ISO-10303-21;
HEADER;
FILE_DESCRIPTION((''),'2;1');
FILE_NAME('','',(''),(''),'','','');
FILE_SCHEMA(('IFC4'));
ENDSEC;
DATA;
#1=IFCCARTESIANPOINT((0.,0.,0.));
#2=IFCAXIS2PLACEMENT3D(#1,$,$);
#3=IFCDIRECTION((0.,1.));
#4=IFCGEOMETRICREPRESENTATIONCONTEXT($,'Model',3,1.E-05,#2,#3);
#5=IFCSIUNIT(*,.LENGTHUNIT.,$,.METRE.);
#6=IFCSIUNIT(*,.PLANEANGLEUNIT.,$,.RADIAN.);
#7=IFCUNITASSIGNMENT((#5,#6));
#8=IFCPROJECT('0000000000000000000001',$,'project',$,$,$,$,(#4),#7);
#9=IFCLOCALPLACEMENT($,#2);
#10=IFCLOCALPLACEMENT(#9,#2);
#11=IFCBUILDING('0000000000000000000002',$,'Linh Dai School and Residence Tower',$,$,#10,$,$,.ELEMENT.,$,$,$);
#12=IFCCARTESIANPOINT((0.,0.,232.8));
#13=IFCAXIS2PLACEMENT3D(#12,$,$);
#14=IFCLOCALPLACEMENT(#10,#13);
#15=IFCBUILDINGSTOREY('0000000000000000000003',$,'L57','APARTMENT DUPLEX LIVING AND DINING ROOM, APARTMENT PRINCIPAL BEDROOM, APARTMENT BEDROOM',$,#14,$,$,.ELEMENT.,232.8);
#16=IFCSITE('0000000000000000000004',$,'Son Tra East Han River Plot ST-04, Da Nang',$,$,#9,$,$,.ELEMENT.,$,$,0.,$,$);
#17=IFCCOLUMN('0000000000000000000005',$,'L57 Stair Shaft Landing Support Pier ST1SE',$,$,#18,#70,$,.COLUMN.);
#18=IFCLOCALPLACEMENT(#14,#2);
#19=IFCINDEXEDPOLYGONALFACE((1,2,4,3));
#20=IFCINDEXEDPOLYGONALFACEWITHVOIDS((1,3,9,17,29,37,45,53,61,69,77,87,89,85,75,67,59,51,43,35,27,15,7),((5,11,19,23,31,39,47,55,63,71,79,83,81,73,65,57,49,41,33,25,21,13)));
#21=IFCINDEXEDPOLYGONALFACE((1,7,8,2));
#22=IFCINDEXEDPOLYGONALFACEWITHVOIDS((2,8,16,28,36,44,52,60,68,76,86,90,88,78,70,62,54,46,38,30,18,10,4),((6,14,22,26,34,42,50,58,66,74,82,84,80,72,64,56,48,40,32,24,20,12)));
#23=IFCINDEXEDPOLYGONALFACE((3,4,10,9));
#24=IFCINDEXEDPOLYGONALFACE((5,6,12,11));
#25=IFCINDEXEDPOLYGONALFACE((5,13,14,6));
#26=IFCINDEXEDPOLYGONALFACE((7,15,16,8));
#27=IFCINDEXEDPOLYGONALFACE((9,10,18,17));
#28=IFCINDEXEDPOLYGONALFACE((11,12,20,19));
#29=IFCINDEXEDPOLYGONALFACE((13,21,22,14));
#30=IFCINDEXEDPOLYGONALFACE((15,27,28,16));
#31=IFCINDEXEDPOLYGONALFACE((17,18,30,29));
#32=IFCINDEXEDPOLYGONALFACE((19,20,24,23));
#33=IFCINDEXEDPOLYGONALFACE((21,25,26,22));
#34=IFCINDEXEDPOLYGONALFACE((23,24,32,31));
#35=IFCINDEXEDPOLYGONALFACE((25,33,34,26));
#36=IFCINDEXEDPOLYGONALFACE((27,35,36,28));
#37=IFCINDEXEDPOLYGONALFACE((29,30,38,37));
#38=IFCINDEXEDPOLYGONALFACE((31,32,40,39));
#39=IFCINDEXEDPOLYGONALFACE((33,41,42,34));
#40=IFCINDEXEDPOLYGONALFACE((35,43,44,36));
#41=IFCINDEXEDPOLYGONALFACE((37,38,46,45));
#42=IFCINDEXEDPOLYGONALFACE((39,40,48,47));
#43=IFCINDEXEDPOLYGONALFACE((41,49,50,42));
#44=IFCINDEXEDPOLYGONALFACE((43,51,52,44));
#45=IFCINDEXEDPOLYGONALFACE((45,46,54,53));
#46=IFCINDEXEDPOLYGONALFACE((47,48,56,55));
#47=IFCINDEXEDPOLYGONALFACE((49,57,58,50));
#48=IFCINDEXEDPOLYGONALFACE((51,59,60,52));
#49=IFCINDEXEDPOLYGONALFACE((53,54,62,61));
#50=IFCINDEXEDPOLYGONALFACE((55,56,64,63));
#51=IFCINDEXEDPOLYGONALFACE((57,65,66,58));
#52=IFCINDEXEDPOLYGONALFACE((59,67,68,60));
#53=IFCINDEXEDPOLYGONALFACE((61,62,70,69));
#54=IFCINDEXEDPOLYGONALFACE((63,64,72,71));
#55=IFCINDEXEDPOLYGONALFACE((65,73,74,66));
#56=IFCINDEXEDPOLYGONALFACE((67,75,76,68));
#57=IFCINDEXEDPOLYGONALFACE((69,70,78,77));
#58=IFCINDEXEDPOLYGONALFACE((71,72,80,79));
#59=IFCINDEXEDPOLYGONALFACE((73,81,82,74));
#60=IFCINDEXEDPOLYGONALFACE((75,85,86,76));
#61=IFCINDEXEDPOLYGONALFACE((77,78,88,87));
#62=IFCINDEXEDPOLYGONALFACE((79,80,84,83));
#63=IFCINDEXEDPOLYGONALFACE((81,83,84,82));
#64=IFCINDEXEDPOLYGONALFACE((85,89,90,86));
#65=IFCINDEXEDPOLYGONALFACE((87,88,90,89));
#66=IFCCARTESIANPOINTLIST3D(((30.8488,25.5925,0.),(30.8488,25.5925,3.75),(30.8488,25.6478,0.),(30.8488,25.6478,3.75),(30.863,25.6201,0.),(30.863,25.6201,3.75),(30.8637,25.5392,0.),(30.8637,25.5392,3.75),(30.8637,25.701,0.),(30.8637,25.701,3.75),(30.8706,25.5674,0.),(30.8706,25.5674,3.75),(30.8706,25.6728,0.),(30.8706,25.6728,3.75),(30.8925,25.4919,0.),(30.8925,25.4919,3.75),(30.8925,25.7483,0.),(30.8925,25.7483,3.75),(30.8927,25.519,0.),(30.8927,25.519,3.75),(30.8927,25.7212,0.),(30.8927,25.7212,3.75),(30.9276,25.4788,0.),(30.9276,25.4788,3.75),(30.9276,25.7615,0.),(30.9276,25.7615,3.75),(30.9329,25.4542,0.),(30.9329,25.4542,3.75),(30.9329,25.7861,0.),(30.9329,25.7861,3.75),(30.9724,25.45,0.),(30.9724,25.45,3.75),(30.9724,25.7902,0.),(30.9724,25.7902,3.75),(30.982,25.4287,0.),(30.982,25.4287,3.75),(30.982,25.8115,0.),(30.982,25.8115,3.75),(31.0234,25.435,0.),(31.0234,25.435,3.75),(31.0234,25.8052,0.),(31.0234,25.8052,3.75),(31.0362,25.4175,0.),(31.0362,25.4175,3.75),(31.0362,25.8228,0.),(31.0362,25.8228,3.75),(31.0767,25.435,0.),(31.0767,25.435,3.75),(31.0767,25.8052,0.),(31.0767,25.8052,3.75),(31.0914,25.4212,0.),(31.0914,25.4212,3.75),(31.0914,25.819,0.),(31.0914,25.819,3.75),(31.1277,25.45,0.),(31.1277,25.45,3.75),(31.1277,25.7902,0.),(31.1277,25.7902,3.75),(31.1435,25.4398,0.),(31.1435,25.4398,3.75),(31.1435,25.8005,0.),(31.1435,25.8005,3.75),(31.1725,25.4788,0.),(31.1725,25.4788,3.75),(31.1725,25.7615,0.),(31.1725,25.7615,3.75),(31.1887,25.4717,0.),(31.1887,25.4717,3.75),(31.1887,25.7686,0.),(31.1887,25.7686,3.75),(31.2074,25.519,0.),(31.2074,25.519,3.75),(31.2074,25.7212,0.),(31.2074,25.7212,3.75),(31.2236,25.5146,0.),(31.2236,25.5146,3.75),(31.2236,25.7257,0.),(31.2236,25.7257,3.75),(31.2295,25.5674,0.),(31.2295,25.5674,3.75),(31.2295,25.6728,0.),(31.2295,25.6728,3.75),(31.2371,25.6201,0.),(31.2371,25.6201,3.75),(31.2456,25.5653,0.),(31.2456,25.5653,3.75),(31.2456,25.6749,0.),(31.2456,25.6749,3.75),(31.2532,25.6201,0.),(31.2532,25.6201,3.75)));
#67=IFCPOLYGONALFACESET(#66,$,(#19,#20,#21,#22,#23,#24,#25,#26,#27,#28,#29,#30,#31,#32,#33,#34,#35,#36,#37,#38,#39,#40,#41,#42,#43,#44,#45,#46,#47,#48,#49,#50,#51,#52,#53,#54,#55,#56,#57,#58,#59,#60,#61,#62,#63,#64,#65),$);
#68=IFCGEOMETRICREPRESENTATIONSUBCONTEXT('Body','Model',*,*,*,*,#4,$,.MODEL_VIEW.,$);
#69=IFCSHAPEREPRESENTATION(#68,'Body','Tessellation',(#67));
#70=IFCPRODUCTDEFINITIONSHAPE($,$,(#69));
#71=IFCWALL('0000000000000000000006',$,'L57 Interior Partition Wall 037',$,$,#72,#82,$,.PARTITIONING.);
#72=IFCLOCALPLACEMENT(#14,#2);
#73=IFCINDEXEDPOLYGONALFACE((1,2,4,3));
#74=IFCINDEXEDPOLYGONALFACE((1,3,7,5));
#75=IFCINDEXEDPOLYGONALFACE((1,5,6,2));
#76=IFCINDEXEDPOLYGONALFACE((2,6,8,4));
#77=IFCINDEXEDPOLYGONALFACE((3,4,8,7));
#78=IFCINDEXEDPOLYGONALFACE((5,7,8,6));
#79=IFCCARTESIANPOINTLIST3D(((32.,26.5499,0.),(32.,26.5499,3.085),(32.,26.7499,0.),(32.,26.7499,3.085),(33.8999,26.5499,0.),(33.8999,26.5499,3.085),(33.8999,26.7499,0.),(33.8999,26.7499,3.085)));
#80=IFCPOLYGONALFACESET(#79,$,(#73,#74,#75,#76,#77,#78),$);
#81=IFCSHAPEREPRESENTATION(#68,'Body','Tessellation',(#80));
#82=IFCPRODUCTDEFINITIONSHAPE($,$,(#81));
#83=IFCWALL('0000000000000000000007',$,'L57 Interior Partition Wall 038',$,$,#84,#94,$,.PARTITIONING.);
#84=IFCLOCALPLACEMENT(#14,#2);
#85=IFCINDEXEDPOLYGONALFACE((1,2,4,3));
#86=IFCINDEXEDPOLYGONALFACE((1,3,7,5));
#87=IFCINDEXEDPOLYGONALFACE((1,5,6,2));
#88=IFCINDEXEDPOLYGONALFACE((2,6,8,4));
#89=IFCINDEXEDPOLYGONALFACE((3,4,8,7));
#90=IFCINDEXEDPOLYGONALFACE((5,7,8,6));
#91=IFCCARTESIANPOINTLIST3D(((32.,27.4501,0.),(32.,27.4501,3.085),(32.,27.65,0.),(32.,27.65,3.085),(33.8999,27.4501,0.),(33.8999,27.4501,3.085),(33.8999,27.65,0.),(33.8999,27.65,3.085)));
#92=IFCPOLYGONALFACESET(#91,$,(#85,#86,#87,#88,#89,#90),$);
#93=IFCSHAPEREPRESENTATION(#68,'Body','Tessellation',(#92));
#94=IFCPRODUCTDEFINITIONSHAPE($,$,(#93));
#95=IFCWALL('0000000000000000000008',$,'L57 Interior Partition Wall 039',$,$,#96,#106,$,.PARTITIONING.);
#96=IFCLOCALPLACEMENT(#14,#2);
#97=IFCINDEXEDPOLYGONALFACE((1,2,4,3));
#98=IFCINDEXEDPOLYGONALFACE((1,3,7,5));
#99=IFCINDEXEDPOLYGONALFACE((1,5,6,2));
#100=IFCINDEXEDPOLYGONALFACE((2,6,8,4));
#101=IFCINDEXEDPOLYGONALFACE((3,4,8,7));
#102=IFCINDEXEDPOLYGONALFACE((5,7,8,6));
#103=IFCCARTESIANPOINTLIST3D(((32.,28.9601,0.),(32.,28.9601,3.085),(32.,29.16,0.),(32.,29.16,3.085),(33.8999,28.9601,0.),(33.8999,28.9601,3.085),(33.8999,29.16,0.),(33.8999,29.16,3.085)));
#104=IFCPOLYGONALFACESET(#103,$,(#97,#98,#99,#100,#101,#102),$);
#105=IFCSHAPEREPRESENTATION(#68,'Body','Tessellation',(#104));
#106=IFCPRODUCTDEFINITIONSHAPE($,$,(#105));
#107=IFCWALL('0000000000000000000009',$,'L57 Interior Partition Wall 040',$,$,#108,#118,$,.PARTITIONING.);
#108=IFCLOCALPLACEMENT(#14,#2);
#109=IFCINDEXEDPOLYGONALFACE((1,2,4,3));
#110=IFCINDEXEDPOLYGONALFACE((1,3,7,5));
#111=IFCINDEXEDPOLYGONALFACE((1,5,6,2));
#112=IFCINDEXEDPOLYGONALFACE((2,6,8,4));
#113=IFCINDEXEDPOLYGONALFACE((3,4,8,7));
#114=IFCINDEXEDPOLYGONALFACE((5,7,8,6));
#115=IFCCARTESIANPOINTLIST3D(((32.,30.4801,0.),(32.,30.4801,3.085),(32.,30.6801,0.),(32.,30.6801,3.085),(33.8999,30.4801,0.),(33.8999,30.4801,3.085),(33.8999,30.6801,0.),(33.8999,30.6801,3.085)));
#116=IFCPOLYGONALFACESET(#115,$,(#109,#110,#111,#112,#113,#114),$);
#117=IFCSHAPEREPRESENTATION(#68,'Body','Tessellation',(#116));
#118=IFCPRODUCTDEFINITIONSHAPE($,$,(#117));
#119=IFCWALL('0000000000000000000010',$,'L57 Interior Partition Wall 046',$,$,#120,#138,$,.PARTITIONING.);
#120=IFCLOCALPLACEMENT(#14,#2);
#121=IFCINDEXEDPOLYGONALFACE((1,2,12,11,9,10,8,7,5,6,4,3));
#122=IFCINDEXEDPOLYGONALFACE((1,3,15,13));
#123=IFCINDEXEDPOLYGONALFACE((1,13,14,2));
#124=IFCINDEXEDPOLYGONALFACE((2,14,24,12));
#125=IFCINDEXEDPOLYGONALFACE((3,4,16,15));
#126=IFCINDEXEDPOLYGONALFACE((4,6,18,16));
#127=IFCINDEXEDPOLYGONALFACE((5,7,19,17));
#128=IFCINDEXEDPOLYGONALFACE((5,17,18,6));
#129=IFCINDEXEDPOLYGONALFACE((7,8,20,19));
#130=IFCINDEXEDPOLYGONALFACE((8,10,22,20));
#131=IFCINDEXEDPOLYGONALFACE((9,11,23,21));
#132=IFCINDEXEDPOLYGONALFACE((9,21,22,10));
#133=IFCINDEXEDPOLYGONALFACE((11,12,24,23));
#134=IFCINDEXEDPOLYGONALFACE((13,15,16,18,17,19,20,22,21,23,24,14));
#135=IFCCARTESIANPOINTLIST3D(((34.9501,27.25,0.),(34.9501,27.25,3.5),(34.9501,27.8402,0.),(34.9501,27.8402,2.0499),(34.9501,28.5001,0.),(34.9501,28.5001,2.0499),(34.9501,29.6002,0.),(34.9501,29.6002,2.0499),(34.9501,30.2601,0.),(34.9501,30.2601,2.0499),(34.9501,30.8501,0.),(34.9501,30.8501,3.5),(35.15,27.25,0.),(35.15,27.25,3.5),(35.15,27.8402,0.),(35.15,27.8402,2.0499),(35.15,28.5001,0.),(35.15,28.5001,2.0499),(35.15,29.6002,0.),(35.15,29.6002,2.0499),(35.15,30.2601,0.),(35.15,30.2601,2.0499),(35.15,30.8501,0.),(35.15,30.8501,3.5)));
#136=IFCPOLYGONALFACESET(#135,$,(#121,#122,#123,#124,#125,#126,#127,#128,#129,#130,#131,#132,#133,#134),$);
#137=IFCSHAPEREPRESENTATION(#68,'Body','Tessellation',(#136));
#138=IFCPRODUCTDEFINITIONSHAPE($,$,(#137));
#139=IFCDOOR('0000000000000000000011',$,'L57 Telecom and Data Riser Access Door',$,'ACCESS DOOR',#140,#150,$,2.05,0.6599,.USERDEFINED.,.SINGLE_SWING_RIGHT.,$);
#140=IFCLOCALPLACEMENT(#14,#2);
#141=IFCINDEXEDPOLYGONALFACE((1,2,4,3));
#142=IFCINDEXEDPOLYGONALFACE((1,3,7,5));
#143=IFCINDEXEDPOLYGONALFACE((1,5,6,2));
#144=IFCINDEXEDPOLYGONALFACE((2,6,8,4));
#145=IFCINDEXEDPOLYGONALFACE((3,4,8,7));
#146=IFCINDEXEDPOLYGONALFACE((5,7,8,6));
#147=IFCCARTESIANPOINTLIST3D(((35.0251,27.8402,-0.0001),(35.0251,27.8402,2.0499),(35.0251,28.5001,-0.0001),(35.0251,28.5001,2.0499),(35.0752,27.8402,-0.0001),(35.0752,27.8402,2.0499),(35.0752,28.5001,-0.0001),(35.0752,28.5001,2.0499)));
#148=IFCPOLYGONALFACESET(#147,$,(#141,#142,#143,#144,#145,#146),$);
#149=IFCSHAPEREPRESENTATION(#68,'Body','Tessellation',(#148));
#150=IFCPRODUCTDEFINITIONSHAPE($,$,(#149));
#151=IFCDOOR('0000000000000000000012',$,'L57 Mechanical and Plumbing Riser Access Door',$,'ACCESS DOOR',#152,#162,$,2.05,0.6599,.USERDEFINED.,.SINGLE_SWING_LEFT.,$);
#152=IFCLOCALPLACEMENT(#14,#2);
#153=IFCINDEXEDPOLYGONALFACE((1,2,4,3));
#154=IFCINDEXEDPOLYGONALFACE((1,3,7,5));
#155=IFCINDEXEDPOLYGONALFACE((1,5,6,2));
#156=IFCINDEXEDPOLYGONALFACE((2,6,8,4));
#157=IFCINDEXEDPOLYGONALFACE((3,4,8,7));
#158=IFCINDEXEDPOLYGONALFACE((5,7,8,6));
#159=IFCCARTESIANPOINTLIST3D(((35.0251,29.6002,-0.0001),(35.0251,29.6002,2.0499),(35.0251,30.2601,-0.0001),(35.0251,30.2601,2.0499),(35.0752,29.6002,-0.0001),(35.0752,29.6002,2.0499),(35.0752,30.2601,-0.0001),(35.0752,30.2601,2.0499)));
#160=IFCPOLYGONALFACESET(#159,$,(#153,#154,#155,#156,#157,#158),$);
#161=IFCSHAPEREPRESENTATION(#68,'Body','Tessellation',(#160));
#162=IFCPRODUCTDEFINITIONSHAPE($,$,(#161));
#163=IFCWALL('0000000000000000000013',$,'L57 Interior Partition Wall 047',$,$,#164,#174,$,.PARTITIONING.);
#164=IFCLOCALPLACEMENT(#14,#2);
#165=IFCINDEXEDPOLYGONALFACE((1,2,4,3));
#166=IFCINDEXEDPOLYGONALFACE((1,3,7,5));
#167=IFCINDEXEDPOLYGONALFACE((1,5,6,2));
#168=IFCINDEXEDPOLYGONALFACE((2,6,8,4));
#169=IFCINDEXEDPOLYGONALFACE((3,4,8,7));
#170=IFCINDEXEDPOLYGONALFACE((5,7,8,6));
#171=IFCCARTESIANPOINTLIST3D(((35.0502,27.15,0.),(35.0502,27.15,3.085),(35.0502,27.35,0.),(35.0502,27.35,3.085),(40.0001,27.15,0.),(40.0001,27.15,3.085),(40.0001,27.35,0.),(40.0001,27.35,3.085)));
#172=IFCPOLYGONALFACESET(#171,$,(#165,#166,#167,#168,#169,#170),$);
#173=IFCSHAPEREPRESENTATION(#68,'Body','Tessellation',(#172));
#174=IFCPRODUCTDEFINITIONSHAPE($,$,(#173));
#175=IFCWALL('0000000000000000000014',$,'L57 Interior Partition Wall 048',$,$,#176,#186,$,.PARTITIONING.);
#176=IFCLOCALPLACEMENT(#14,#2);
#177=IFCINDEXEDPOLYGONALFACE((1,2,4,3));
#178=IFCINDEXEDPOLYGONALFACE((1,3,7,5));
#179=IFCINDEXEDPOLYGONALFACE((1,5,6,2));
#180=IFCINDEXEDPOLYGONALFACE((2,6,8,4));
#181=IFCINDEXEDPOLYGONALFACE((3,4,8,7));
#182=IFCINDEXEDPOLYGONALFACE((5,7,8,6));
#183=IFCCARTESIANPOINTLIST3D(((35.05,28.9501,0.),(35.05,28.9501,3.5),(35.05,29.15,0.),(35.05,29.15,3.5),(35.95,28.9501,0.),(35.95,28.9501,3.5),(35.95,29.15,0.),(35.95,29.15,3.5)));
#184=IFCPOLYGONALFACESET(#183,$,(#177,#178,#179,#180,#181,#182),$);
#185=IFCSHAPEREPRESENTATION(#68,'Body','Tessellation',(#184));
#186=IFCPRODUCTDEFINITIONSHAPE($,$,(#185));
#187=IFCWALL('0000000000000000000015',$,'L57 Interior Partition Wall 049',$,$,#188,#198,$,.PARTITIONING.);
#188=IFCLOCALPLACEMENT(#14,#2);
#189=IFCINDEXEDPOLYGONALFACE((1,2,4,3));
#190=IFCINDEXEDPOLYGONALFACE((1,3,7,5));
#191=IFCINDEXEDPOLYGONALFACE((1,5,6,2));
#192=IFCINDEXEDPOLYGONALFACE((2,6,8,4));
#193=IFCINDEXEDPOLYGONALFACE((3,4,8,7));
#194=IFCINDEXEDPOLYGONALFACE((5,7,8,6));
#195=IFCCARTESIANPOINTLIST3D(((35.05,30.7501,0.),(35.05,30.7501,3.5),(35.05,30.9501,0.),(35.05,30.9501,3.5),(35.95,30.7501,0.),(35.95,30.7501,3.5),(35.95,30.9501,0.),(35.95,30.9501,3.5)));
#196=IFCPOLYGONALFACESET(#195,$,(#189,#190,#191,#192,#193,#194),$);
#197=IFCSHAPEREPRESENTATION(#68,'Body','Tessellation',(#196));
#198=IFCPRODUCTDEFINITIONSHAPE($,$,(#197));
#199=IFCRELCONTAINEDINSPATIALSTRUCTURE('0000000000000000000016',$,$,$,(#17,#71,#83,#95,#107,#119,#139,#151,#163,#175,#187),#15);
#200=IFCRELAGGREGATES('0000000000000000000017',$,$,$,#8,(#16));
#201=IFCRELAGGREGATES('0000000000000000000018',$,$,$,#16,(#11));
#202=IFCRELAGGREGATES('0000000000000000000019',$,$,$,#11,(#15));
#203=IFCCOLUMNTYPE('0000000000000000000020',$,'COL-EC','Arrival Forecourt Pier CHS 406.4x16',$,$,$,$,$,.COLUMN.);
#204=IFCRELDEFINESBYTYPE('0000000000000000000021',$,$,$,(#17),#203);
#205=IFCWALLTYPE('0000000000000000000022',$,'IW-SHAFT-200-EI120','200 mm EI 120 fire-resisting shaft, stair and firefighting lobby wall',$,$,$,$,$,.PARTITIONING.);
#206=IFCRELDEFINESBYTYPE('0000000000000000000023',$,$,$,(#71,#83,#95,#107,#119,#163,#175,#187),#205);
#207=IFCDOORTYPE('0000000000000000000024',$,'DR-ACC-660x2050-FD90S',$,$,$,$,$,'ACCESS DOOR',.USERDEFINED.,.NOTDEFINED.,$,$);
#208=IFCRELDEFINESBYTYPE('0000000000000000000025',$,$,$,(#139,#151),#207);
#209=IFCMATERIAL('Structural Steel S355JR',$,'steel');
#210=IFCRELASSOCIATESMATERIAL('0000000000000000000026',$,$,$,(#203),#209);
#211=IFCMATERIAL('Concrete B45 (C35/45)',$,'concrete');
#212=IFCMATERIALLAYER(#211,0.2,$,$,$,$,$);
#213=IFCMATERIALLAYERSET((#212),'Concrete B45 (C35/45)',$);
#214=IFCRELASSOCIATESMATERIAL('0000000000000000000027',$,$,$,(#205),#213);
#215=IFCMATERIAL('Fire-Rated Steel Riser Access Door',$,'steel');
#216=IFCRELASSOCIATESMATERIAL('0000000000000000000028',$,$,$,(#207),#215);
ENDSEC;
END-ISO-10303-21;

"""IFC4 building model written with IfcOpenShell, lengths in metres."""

from ifc_helpers import new_model, si_unit, direction, frame, frame_2d, origin, origin_2d, place, context, subcontext, project, spatial, rectangle, hollow_circle, extrude, source, transform, mapped, material, layer, layer_set, material_profile, profile_set, type_object, element, fill, save


model = new_model("IFC4")

# Units and contexts
model_context = context("Model", 3, precision=1e-05, world=origin(), true_north=direction((0.0, 1.0)))
body_context = subcontext(model_context, "Body", "Model", "MODEL_VIEW")
ifc_project = project(units=[si_unit("LENGTHUNIT", "METRE"), si_unit("PLANEANGLEUNIT", "RADIAN")], contexts=[model_context])

# Site, building, storey
site_placement = place(None, origin())
site = spatial("IfcSite", under=ifc_project, at=site_placement, Name="Son Tra East Han River Plot ST-04, Da Nang", CompositionType="ELEMENT", RefElevation=0.0)
building_placement = place(site_placement, origin())
building = spatial("IfcBuilding", under=site, at=building_placement, Name="Linh Dai School and Residence Tower", CompositionType="ELEMENT")
storey_placement = place(building_placement, frame((0.0, 0.0, 232.8)))
storey = spatial("IfcBuildingStorey", under=building, at=storey_placement, Name="L57", Description="APARTMENT DUPLEX LIVING AND DINING ROOM, APARTMENT PRINCIPAL BEDROOM, APARTMENT BEDROOM", CompositionType="ELEMENT", Elevation=232.8)

# Column
ifc_material_1 = material(Name="Structural Steel S355JR", Category="steel")
ifc_material_profile = material_profile(ifc_material_1, hollow_circle(Radius=0.2031, WallThickness=0.0161, at=origin_2d()), Name="CHS 406.4x16")
ifc_profile_set = profile_set([ifc_material_profile], Name="Structural Steel S355JR")
column_type = type_object("IfcColumnType", Name="COL-EC", Description="Arrival Forecourt Pier CHS 406.4x16", PredefinedType="COLUMN", material=ifc_profile_set)
column_placement = place(storey_placement, frame((31.05, 25.6201, 0.0), z_axis=(0.0, 0.0, 1.0), x_axis=(1.0, 0.0, 0.0)))
element("IfcColumn", 1, at=column_placement, inside=storey, type_object=column_type, Name="L57 Stair Shaft Landing Support Pier ST1SE", PredefinedType="COLUMN", context=body_context, shape_type="SweptSolid", body=[
    extrude(hollow_circle(Radius=0.2031, WallThickness=0.0161, at=origin_2d()), origin(), (0.0, 0.0, 1.0), 3.75),
])

# Walls
ifc_material_2 = material(Name="Concrete B45 (C35/45)", Category="concrete")
ifc_layer_1 = layer(ifc_material_2, 0.2)
ifc_layer_set_1 = layer_set([ifc_layer_1], Name="Concrete B45 (C35/45)")
wall_type_1 = type_object("IfcWallType", Name="IW-SHAFT-200-EI120", Description="200 mm EI 120 fire-resisting shaft, stair and firefighting lobby wall", PredefinedType="PARTITIONING", material=ifc_layer_set_1)
for number, where, z_axis, x_axis, name in (
    (2, (32.0, 26.6499, 0.0), (0.0, 0.0, 1.0), (1.0, 0.0, 0.0), "L57 Interior Partition Wall 037"),
    (3, (32.0, 27.55, 0.0), (0.0, 0.0, 1.0), (1.0, 0.0, 0.0), "L57 Interior Partition Wall 038"),
    (4, (32.0, 29.0601, 0.0), (0.0, 0.0, 1.0), (1.0, 0.0, 0.0), "L57 Interior Partition Wall 039"),
    (5, (32.0, 30.5801, 0.0), (0.0, 0.0, 1.0), (1.0, 0.0, 0.0), "L57 Interior Partition Wall 040"),
):
    element("IfcWall", number, at=place(storey_placement, frame(where, z_axis=z_axis, x_axis=x_axis)), inside=storey, type_object=wall_type_1, Name=name, PredefinedType="PARTITIONING", context=body_context, shape_type="SweptSolid", body=[
        extrude(rectangle(XDim=1.8999, YDim=0.2, at=frame_2d((0.95, 0.0))), origin(), (0.0, 0.0, 1.0), 3.085),
    ])

# Wall, openings, doors
wall_1_placement = place(storey_placement, frame((35.05, 27.25, 0.0), z_axis=(0.0, 0.0, 1.0), x_axis=(0.0, 1.0, 0.0)))
wall_1 = element("IfcWall", 6, at=wall_1_placement, inside=storey, type_object=wall_type_1, Name="L57 Interior Partition Wall 046", PredefinedType="PARTITIONING", context=body_context, shape_type="SweptSolid", body=[
    extrude(rectangle(XDim=3.6001, YDim=0.2, at=frame_2d((1.8, 0.0))), origin(), (0.0, 0.0, 1.0), 3.5),
])
opening_1_placement = place(wall_1_placement, frame((0.5901, 0.0, 0.0)))
opening_1 = element("IfcOpeningElement", 7, at=opening_1_placement, cuts=wall_1, PredefinedType="OPENING", context=body_context, shape_type="SweptSolid", body=[
    extrude(rectangle(XDim=0.6599, YDim=2.05, at=origin_2d()), frame((0.3301, 0.1099, 1.0249), z_axis=(0.0, -1.0, 0.0), x_axis=(1.0, 0.0, 0.0)), (0.0, 0.0, 1.0), 0.22),
])
opening_2_placement = place(wall_1_placement, frame((2.3501, 0.0, 0.0)))
opening_2 = element("IfcOpeningElement", 8, at=opening_2_placement, cuts=wall_1, PredefinedType="OPENING", context=body_context, shape_type="SweptSolid", body=[
    extrude(rectangle(XDim=0.6599, YDim=2.05, at=origin_2d()), frame((0.3301, 0.1099, 1.0249), z_axis=(0.0, -1.0, 0.0), x_axis=(1.0, 0.0, 0.0)), (0.0, 0.0, 1.0), 0.22),
])
ifc_material_3 = material(Name="Fire-Rated Steel Riser Access Door", Category="steel")
door_type = type_object("IfcDoorType", Name="DR-ACC-660x2050-FD90S", ElementType="ACCESS DOOR", OperationType="NOTDEFINED", PredefinedType="USERDEFINED", material=ifc_material_3)
shared_shape_1 = source(origin(), body_context, "Body", "SweptSolid", [
    extrude(rectangle(XDim=0.6599, YDim=2.05, at=origin_2d()), frame((0.3301, 0.0249, 1.0249), z_axis=(0.0, -1.0, 0.0), x_axis=(1.0, 0.0, 0.0)), (0.0, 0.0, 1.0), 0.05),
])
door_1_placement = place(opening_1_placement, origin())
door_1 = element("IfcDoor", 9, at=door_1_placement, inside=storey, type_object=door_type, Name="L57 Telecom and Data Riser Access Door", ObjectType="ACCESS DOOR", OperationType="SINGLE_SWING_RIGHT", OverallHeight=2.05, OverallWidth=0.6599, PredefinedType="USERDEFINED", context=body_context, shape_type="MappedRepresentation", body=[
    mapped(shared_shape_1, transform((0.0, 0.0, 0.0), x_axis=(1.0, 0.0, 0.0), y_axis=(0.0, 1.0, 0.0), z_axis=(0.0, 0.0, 1.0), scale=1.0)),
])
fill(opening_1, door_1)
door_2_placement = place(opening_2_placement, origin())
door_2 = element("IfcDoor", 10, at=door_2_placement, inside=storey, type_object=door_type, Name="L57 Mechanical and Plumbing Riser Access Door", ObjectType="ACCESS DOOR", OperationType="SINGLE_SWING_LEFT", OverallHeight=2.05, OverallWidth=0.6599, PredefinedType="USERDEFINED", context=body_context, shape_type="MappedRepresentation", body=[
    mapped(shared_shape_1, transform((0.0, 0.0, 0.0), x_axis=(1.0, 0.0, 0.0), y_axis=(0.0, 1.0, 0.0), z_axis=(0.0, 0.0, 1.0), scale=1.0)),
])
fill(opening_2, door_2)

# Walls
wall_2_placement = place(storey_placement, frame((35.05, 27.25, 0.0), z_axis=(0.0, 0.0, 1.0), x_axis=(1.0, 0.0, 0.0)))
element("IfcWall", 11, at=wall_2_placement, inside=storey, type_object=wall_type_1, Name="L57 Interior Partition Wall 047", PredefinedType="PARTITIONING", context=body_context, shape_type="SweptSolid", body=[
    extrude(rectangle(XDim=4.95, YDim=0.2, at=frame_2d((2.4751, 0.0))), origin(), (0.0, 0.0, 1.0), 3.085),
])
for number, where, z_axis, x_axis, name in (
    (12, (35.05, 29.05, 0.0), (0.0, 0.0, 1.0), (1.0, 0.0, 0.0), "L57 Interior Partition Wall 048"),
    (13, (35.05, 30.8501, 0.0), (0.0, 0.0, 1.0), (1.0, 0.0, 0.0), "L57 Interior Partition Wall 049"),
):
    element("IfcWall", number, at=place(storey_placement, frame(where, z_axis=z_axis, x_axis=x_axis)), inside=storey, type_object=wall_type_1, Name=name, PredefinedType="PARTITIONING", context=body_context, shape_type="SweptSolid", body=[
        extrude(rectangle(XDim=0.8999, YDim=0.2, at=frame_2d((0.45, 0.0))), origin(), (0.0, 0.0, 1.0), 3.5),
    ])

save(model, "model.ifc")
